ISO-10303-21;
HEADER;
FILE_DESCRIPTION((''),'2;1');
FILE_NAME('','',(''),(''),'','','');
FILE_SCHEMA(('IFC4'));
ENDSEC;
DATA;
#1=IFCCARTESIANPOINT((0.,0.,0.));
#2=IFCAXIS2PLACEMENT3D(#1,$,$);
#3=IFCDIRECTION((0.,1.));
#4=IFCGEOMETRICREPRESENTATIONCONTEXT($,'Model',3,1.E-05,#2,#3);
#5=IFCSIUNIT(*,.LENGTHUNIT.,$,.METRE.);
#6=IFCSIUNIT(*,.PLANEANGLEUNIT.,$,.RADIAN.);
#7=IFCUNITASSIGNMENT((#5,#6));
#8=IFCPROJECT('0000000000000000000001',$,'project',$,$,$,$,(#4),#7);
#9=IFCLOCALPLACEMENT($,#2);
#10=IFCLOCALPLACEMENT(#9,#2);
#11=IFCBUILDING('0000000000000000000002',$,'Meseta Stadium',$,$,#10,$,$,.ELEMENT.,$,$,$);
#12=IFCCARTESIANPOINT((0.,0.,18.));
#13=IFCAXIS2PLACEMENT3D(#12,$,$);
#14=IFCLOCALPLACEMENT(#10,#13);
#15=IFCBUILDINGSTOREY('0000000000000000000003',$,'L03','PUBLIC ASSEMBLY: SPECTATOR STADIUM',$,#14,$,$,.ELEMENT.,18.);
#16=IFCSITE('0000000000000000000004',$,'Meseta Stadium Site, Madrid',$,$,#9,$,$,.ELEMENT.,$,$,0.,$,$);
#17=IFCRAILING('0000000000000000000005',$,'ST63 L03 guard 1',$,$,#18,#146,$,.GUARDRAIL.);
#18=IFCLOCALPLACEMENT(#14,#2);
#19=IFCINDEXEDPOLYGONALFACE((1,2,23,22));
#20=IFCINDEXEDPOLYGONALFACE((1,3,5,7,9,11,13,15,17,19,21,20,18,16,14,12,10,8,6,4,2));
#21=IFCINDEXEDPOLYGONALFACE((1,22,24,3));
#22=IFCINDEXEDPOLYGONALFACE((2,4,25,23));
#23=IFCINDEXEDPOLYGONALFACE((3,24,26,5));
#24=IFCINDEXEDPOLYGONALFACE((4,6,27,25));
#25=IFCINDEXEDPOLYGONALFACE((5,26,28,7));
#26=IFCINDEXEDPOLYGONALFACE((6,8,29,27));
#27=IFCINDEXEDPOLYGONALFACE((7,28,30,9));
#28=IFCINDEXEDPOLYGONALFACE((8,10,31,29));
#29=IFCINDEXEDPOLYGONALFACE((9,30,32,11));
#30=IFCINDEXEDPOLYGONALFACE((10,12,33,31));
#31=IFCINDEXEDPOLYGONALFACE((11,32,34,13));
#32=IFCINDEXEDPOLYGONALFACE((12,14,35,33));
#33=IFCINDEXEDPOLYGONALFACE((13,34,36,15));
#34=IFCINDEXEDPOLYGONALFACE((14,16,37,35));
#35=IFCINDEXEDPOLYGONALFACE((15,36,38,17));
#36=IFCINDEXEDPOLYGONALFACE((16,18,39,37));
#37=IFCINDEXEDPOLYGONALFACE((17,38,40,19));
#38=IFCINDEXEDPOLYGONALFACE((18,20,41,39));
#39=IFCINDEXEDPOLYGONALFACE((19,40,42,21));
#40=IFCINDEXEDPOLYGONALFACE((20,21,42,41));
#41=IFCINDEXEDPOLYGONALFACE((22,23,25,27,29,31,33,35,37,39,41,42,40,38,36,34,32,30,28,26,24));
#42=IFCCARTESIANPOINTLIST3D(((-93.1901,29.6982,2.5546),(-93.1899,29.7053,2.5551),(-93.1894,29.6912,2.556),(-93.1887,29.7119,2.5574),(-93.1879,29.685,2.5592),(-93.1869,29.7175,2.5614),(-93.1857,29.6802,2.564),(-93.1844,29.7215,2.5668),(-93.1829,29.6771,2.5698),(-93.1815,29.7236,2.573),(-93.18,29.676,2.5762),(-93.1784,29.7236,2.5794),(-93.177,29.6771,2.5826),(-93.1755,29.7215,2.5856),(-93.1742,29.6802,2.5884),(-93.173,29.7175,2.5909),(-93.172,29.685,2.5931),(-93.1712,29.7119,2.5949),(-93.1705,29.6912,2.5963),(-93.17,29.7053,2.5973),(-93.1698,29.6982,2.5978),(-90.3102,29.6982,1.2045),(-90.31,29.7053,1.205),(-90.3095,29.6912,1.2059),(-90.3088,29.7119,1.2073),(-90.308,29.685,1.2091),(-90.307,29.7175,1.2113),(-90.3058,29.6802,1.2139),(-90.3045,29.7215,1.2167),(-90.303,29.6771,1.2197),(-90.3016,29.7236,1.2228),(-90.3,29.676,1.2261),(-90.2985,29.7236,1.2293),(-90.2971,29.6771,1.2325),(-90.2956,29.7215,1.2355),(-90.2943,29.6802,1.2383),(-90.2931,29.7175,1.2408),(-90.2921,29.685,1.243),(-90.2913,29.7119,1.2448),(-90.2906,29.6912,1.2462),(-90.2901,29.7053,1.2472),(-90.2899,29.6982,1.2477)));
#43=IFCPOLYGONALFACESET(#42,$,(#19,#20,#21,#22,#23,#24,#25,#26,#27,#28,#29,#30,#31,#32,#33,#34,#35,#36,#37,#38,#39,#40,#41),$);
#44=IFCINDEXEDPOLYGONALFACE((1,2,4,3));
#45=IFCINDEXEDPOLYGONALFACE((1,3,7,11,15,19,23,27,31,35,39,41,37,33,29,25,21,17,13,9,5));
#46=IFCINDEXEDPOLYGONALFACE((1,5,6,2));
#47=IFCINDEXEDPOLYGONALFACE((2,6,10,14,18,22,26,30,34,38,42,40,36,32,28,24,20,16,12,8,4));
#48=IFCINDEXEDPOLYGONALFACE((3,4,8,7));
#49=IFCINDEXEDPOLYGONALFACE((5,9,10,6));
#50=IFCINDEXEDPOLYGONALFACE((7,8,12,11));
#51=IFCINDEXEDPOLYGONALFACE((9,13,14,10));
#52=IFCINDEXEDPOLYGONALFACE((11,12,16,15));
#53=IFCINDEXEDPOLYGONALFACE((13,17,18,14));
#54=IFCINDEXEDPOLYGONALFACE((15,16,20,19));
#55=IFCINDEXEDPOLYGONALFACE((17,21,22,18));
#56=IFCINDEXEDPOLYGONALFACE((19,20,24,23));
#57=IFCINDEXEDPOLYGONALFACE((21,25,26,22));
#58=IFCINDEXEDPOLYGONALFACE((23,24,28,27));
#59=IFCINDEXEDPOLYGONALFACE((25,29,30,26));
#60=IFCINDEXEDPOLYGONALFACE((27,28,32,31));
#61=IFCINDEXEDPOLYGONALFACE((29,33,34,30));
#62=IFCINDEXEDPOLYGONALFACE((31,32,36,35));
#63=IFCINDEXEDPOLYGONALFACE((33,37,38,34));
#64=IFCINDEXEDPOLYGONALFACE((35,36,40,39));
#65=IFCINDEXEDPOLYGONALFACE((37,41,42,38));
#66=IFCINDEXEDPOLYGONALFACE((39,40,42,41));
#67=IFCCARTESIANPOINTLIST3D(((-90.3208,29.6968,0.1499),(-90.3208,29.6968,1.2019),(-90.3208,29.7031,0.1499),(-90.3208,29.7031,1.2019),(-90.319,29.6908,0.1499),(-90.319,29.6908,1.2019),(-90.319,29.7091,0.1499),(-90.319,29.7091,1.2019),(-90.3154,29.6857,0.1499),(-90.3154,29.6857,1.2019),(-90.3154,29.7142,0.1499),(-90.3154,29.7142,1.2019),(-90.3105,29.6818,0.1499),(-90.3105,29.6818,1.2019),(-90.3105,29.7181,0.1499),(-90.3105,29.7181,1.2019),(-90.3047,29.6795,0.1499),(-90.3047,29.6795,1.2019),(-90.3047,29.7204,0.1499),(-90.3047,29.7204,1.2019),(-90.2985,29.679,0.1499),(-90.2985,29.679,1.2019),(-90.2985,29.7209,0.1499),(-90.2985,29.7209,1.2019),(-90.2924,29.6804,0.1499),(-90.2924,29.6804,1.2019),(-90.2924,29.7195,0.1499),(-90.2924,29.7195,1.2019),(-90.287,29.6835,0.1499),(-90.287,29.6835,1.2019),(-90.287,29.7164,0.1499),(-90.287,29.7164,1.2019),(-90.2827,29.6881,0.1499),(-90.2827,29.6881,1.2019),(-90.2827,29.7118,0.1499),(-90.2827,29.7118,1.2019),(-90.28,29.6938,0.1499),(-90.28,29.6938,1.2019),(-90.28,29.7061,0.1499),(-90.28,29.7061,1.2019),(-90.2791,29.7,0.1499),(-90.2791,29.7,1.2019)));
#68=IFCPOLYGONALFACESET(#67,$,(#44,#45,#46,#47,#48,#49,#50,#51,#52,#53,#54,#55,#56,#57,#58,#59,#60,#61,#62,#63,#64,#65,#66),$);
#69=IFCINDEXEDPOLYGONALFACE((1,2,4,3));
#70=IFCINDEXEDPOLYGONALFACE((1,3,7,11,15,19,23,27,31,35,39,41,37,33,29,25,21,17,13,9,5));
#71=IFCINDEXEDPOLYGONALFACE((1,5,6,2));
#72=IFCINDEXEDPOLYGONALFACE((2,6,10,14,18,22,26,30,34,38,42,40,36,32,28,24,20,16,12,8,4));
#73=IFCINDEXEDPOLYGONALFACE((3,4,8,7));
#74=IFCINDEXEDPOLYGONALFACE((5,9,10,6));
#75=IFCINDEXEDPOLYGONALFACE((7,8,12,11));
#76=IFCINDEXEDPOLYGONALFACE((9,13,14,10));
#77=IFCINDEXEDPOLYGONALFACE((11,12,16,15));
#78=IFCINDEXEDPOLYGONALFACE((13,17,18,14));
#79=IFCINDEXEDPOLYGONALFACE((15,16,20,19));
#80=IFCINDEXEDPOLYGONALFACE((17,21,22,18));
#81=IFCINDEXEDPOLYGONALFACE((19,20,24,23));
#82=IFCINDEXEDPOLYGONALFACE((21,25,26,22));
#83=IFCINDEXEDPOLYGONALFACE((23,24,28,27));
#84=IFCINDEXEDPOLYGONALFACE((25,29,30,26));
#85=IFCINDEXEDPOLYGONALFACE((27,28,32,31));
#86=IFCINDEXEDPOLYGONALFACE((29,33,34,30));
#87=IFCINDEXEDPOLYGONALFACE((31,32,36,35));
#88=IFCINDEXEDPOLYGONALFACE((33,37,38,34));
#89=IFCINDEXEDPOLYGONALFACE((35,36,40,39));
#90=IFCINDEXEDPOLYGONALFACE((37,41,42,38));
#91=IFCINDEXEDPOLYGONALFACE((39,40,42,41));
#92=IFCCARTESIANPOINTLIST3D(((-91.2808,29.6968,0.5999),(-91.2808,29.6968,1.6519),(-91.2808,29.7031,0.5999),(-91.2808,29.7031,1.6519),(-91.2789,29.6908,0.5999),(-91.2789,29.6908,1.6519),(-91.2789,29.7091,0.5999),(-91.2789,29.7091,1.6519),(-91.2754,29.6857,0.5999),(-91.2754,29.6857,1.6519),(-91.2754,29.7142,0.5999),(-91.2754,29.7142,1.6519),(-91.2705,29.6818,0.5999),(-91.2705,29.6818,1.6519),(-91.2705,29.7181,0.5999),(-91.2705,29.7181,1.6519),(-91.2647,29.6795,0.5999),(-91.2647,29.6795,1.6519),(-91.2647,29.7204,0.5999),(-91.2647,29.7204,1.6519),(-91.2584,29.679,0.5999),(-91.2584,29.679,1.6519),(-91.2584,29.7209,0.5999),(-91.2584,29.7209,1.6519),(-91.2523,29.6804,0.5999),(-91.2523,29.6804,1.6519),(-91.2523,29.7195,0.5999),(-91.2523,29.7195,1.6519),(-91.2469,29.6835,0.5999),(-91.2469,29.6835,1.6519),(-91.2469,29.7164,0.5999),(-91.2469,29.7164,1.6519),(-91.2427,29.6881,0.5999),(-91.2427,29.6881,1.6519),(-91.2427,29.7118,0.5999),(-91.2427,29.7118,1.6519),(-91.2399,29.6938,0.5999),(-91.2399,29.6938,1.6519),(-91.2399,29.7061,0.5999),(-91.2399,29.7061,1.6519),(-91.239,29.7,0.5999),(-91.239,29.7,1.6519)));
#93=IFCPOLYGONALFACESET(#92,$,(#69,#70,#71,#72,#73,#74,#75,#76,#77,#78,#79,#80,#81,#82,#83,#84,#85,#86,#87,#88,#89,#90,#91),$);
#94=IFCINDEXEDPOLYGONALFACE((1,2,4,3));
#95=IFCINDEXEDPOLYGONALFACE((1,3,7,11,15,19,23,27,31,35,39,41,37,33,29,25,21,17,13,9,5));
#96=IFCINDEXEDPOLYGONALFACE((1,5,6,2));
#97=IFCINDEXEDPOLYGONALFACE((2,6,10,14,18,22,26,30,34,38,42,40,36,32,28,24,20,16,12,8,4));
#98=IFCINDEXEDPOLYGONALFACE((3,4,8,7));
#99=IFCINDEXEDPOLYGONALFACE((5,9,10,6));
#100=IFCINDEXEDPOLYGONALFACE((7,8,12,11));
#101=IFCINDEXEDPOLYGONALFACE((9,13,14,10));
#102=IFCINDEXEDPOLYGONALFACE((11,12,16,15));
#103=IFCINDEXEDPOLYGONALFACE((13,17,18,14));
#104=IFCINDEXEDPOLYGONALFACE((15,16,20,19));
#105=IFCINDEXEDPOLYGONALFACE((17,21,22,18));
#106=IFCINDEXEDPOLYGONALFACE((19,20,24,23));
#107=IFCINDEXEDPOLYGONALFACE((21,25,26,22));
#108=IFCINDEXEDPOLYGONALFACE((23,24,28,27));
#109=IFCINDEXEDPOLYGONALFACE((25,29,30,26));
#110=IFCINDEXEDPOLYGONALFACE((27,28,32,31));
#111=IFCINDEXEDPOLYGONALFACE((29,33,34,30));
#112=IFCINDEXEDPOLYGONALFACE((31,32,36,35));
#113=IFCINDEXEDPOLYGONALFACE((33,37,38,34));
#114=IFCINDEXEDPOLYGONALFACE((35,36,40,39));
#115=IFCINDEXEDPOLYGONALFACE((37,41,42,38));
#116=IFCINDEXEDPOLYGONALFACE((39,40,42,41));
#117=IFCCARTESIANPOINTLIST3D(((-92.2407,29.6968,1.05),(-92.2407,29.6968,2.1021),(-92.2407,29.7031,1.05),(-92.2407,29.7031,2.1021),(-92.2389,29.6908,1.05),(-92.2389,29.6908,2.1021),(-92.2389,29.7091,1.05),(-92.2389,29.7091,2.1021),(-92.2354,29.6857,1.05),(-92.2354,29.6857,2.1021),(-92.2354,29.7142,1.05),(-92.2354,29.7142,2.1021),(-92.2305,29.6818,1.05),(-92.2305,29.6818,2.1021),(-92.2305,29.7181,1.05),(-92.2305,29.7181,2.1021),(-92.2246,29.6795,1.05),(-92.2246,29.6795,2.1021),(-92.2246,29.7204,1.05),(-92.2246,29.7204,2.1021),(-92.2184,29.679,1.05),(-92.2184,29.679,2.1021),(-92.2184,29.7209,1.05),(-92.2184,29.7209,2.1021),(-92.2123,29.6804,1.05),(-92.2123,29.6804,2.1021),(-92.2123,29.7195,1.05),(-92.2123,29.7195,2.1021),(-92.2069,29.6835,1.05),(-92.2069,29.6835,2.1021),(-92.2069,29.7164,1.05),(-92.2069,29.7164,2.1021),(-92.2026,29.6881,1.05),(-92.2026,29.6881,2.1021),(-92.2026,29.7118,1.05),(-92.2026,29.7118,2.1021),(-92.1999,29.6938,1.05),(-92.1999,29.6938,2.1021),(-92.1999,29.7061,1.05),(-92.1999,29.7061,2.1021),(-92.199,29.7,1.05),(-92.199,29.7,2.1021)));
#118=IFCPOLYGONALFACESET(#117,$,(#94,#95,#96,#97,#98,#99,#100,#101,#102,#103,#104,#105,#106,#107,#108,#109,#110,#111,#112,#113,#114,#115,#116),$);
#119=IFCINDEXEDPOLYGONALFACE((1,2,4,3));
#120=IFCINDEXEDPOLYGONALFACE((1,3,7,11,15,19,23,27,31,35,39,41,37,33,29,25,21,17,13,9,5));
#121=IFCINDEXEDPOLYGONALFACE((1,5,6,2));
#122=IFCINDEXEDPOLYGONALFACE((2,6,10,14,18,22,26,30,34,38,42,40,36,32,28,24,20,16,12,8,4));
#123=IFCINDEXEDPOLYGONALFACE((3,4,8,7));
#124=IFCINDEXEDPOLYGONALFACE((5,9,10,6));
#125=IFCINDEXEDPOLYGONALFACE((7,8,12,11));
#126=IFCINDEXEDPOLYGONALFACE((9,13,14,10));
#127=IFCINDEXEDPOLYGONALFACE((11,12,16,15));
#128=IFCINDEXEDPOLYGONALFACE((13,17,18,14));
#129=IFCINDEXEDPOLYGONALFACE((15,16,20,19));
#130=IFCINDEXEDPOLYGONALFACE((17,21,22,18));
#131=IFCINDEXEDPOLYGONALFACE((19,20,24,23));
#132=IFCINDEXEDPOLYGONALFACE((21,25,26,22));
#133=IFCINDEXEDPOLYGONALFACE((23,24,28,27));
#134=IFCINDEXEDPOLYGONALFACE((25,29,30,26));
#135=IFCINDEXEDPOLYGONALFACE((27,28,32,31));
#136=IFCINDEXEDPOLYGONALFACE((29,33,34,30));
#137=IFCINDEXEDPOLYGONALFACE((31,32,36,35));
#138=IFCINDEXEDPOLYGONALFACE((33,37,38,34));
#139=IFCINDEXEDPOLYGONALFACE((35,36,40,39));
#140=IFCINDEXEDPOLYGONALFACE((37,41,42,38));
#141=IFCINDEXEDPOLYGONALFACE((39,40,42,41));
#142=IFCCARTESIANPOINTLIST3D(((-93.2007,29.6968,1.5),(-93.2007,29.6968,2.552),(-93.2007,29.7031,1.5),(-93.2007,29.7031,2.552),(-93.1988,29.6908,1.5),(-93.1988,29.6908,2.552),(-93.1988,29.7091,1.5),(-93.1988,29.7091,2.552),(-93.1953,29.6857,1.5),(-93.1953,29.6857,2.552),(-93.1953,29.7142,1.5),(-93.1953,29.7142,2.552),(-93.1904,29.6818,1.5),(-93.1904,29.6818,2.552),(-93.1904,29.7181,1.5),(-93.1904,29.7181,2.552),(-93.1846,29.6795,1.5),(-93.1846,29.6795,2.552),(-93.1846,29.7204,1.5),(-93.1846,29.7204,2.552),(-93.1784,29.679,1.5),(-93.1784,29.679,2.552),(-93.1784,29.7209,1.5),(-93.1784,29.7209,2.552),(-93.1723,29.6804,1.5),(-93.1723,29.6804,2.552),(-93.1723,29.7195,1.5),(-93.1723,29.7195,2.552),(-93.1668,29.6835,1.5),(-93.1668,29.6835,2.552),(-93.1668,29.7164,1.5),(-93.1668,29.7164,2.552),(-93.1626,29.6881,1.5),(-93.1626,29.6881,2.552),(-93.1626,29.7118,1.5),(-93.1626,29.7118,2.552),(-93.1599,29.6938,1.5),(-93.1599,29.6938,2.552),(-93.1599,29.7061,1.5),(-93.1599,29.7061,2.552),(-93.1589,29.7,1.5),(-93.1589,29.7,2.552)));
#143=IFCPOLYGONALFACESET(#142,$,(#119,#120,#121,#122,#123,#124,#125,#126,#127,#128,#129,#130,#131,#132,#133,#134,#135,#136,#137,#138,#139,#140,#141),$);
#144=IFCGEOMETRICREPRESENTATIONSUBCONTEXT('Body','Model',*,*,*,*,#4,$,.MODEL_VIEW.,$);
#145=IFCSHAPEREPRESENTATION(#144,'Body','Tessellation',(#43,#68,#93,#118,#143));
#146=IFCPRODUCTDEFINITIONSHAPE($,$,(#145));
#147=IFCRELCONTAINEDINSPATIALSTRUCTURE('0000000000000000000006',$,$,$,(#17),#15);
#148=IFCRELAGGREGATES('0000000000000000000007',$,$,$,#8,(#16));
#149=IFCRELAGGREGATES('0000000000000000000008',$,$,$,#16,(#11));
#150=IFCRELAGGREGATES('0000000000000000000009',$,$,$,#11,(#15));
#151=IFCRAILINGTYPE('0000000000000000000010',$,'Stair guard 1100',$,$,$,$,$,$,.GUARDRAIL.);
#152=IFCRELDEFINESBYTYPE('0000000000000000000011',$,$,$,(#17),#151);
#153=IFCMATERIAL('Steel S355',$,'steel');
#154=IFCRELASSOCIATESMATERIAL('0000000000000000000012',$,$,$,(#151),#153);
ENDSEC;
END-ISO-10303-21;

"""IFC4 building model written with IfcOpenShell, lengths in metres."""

from ifc_helpers import new_model, si_unit, direction, frame, origin, origin_2d, place, context, subcontext, project, spatial, circle, extrude, material, type_object, element, save


model = new_model("IFC4")

# Units and contexts
model_context = context("Model", 3, precision=1e-05, world=origin(), true_north=direction((0.0, 1.0)))
body_context = subcontext(model_context, "Body", "Model", "MODEL_VIEW")
ifc_project = project(units=[si_unit("LENGTHUNIT", "METRE"), si_unit("PLANEANGLEUNIT", "RADIAN")], contexts=[model_context])

# Site, building, storey
site_placement = place(None, origin())
site = spatial("IfcSite", under=ifc_project, at=site_placement, Name="Meseta Stadium Site, Madrid", CompositionType="ELEMENT", RefElevation=0.0)
building_placement = place(site_placement, origin())
building = spatial("IfcBuilding", under=site, at=building_placement, Name="Meseta Stadium", CompositionType="ELEMENT")
storey_placement = place(building_placement, frame((0.0, 0.0, 18.0)))
storey = spatial("IfcBuildingStorey", under=building, at=storey_placement, Name="L03", Description="PUBLIC ASSEMBLY: SPECTATOR STADIUM", CompositionType="ELEMENT", Elevation=18.0)

# Railing
ifc_material_1 = material(Name="Steel S355", Category="steel")
railing_type_1 = type_object("IfcRailingType", Name="Stair guard 1100", PredefinedType="GUARDRAIL", material=ifc_material_1)
railing_1_placement = place(storey_placement, frame((-90.3, 29.7, 0.1499)))
element("IfcRailing", 1, at=railing_1_placement, inside=storey, type_object=railing_type_1, Name="ST63 L03 guard 1", PredefinedType="GUARDRAIL", context=body_context, shape_type="SweptSolid", body=[
    extrude(circle(Radius=0.0239, at=origin_2d()), frame((0.0, 0.0, 1.0762), z_axis=(-0.90544, 0.0, 0.424473), x_axis=(0.0, -1.0, 0.0)), (0.0, 0.0, 1.0), 3.1807),
    extrude(circle(Radius=0.021, at=origin_2d()), origin(), (0.0, 0.0, 1.0), 1.052),
    extrude(circle(Radius=0.021, at=origin_2d()), frame((-0.96, 0.0, 0.45)), (0.0, 0.0, 1.0), 1.052),
    extrude(circle(Radius=0.021, at=origin_2d()), frame((-1.9199, 0.0, 0.9001)), (0.0, 0.0, 1.0), 1.052),
    extrude(circle(Radius=0.021, at=origin_2d()), frame((-2.8799, 0.0, 1.3501)), (0.0, 0.0, 1.0), 1.052),
])

save(model, "model.ifc")
